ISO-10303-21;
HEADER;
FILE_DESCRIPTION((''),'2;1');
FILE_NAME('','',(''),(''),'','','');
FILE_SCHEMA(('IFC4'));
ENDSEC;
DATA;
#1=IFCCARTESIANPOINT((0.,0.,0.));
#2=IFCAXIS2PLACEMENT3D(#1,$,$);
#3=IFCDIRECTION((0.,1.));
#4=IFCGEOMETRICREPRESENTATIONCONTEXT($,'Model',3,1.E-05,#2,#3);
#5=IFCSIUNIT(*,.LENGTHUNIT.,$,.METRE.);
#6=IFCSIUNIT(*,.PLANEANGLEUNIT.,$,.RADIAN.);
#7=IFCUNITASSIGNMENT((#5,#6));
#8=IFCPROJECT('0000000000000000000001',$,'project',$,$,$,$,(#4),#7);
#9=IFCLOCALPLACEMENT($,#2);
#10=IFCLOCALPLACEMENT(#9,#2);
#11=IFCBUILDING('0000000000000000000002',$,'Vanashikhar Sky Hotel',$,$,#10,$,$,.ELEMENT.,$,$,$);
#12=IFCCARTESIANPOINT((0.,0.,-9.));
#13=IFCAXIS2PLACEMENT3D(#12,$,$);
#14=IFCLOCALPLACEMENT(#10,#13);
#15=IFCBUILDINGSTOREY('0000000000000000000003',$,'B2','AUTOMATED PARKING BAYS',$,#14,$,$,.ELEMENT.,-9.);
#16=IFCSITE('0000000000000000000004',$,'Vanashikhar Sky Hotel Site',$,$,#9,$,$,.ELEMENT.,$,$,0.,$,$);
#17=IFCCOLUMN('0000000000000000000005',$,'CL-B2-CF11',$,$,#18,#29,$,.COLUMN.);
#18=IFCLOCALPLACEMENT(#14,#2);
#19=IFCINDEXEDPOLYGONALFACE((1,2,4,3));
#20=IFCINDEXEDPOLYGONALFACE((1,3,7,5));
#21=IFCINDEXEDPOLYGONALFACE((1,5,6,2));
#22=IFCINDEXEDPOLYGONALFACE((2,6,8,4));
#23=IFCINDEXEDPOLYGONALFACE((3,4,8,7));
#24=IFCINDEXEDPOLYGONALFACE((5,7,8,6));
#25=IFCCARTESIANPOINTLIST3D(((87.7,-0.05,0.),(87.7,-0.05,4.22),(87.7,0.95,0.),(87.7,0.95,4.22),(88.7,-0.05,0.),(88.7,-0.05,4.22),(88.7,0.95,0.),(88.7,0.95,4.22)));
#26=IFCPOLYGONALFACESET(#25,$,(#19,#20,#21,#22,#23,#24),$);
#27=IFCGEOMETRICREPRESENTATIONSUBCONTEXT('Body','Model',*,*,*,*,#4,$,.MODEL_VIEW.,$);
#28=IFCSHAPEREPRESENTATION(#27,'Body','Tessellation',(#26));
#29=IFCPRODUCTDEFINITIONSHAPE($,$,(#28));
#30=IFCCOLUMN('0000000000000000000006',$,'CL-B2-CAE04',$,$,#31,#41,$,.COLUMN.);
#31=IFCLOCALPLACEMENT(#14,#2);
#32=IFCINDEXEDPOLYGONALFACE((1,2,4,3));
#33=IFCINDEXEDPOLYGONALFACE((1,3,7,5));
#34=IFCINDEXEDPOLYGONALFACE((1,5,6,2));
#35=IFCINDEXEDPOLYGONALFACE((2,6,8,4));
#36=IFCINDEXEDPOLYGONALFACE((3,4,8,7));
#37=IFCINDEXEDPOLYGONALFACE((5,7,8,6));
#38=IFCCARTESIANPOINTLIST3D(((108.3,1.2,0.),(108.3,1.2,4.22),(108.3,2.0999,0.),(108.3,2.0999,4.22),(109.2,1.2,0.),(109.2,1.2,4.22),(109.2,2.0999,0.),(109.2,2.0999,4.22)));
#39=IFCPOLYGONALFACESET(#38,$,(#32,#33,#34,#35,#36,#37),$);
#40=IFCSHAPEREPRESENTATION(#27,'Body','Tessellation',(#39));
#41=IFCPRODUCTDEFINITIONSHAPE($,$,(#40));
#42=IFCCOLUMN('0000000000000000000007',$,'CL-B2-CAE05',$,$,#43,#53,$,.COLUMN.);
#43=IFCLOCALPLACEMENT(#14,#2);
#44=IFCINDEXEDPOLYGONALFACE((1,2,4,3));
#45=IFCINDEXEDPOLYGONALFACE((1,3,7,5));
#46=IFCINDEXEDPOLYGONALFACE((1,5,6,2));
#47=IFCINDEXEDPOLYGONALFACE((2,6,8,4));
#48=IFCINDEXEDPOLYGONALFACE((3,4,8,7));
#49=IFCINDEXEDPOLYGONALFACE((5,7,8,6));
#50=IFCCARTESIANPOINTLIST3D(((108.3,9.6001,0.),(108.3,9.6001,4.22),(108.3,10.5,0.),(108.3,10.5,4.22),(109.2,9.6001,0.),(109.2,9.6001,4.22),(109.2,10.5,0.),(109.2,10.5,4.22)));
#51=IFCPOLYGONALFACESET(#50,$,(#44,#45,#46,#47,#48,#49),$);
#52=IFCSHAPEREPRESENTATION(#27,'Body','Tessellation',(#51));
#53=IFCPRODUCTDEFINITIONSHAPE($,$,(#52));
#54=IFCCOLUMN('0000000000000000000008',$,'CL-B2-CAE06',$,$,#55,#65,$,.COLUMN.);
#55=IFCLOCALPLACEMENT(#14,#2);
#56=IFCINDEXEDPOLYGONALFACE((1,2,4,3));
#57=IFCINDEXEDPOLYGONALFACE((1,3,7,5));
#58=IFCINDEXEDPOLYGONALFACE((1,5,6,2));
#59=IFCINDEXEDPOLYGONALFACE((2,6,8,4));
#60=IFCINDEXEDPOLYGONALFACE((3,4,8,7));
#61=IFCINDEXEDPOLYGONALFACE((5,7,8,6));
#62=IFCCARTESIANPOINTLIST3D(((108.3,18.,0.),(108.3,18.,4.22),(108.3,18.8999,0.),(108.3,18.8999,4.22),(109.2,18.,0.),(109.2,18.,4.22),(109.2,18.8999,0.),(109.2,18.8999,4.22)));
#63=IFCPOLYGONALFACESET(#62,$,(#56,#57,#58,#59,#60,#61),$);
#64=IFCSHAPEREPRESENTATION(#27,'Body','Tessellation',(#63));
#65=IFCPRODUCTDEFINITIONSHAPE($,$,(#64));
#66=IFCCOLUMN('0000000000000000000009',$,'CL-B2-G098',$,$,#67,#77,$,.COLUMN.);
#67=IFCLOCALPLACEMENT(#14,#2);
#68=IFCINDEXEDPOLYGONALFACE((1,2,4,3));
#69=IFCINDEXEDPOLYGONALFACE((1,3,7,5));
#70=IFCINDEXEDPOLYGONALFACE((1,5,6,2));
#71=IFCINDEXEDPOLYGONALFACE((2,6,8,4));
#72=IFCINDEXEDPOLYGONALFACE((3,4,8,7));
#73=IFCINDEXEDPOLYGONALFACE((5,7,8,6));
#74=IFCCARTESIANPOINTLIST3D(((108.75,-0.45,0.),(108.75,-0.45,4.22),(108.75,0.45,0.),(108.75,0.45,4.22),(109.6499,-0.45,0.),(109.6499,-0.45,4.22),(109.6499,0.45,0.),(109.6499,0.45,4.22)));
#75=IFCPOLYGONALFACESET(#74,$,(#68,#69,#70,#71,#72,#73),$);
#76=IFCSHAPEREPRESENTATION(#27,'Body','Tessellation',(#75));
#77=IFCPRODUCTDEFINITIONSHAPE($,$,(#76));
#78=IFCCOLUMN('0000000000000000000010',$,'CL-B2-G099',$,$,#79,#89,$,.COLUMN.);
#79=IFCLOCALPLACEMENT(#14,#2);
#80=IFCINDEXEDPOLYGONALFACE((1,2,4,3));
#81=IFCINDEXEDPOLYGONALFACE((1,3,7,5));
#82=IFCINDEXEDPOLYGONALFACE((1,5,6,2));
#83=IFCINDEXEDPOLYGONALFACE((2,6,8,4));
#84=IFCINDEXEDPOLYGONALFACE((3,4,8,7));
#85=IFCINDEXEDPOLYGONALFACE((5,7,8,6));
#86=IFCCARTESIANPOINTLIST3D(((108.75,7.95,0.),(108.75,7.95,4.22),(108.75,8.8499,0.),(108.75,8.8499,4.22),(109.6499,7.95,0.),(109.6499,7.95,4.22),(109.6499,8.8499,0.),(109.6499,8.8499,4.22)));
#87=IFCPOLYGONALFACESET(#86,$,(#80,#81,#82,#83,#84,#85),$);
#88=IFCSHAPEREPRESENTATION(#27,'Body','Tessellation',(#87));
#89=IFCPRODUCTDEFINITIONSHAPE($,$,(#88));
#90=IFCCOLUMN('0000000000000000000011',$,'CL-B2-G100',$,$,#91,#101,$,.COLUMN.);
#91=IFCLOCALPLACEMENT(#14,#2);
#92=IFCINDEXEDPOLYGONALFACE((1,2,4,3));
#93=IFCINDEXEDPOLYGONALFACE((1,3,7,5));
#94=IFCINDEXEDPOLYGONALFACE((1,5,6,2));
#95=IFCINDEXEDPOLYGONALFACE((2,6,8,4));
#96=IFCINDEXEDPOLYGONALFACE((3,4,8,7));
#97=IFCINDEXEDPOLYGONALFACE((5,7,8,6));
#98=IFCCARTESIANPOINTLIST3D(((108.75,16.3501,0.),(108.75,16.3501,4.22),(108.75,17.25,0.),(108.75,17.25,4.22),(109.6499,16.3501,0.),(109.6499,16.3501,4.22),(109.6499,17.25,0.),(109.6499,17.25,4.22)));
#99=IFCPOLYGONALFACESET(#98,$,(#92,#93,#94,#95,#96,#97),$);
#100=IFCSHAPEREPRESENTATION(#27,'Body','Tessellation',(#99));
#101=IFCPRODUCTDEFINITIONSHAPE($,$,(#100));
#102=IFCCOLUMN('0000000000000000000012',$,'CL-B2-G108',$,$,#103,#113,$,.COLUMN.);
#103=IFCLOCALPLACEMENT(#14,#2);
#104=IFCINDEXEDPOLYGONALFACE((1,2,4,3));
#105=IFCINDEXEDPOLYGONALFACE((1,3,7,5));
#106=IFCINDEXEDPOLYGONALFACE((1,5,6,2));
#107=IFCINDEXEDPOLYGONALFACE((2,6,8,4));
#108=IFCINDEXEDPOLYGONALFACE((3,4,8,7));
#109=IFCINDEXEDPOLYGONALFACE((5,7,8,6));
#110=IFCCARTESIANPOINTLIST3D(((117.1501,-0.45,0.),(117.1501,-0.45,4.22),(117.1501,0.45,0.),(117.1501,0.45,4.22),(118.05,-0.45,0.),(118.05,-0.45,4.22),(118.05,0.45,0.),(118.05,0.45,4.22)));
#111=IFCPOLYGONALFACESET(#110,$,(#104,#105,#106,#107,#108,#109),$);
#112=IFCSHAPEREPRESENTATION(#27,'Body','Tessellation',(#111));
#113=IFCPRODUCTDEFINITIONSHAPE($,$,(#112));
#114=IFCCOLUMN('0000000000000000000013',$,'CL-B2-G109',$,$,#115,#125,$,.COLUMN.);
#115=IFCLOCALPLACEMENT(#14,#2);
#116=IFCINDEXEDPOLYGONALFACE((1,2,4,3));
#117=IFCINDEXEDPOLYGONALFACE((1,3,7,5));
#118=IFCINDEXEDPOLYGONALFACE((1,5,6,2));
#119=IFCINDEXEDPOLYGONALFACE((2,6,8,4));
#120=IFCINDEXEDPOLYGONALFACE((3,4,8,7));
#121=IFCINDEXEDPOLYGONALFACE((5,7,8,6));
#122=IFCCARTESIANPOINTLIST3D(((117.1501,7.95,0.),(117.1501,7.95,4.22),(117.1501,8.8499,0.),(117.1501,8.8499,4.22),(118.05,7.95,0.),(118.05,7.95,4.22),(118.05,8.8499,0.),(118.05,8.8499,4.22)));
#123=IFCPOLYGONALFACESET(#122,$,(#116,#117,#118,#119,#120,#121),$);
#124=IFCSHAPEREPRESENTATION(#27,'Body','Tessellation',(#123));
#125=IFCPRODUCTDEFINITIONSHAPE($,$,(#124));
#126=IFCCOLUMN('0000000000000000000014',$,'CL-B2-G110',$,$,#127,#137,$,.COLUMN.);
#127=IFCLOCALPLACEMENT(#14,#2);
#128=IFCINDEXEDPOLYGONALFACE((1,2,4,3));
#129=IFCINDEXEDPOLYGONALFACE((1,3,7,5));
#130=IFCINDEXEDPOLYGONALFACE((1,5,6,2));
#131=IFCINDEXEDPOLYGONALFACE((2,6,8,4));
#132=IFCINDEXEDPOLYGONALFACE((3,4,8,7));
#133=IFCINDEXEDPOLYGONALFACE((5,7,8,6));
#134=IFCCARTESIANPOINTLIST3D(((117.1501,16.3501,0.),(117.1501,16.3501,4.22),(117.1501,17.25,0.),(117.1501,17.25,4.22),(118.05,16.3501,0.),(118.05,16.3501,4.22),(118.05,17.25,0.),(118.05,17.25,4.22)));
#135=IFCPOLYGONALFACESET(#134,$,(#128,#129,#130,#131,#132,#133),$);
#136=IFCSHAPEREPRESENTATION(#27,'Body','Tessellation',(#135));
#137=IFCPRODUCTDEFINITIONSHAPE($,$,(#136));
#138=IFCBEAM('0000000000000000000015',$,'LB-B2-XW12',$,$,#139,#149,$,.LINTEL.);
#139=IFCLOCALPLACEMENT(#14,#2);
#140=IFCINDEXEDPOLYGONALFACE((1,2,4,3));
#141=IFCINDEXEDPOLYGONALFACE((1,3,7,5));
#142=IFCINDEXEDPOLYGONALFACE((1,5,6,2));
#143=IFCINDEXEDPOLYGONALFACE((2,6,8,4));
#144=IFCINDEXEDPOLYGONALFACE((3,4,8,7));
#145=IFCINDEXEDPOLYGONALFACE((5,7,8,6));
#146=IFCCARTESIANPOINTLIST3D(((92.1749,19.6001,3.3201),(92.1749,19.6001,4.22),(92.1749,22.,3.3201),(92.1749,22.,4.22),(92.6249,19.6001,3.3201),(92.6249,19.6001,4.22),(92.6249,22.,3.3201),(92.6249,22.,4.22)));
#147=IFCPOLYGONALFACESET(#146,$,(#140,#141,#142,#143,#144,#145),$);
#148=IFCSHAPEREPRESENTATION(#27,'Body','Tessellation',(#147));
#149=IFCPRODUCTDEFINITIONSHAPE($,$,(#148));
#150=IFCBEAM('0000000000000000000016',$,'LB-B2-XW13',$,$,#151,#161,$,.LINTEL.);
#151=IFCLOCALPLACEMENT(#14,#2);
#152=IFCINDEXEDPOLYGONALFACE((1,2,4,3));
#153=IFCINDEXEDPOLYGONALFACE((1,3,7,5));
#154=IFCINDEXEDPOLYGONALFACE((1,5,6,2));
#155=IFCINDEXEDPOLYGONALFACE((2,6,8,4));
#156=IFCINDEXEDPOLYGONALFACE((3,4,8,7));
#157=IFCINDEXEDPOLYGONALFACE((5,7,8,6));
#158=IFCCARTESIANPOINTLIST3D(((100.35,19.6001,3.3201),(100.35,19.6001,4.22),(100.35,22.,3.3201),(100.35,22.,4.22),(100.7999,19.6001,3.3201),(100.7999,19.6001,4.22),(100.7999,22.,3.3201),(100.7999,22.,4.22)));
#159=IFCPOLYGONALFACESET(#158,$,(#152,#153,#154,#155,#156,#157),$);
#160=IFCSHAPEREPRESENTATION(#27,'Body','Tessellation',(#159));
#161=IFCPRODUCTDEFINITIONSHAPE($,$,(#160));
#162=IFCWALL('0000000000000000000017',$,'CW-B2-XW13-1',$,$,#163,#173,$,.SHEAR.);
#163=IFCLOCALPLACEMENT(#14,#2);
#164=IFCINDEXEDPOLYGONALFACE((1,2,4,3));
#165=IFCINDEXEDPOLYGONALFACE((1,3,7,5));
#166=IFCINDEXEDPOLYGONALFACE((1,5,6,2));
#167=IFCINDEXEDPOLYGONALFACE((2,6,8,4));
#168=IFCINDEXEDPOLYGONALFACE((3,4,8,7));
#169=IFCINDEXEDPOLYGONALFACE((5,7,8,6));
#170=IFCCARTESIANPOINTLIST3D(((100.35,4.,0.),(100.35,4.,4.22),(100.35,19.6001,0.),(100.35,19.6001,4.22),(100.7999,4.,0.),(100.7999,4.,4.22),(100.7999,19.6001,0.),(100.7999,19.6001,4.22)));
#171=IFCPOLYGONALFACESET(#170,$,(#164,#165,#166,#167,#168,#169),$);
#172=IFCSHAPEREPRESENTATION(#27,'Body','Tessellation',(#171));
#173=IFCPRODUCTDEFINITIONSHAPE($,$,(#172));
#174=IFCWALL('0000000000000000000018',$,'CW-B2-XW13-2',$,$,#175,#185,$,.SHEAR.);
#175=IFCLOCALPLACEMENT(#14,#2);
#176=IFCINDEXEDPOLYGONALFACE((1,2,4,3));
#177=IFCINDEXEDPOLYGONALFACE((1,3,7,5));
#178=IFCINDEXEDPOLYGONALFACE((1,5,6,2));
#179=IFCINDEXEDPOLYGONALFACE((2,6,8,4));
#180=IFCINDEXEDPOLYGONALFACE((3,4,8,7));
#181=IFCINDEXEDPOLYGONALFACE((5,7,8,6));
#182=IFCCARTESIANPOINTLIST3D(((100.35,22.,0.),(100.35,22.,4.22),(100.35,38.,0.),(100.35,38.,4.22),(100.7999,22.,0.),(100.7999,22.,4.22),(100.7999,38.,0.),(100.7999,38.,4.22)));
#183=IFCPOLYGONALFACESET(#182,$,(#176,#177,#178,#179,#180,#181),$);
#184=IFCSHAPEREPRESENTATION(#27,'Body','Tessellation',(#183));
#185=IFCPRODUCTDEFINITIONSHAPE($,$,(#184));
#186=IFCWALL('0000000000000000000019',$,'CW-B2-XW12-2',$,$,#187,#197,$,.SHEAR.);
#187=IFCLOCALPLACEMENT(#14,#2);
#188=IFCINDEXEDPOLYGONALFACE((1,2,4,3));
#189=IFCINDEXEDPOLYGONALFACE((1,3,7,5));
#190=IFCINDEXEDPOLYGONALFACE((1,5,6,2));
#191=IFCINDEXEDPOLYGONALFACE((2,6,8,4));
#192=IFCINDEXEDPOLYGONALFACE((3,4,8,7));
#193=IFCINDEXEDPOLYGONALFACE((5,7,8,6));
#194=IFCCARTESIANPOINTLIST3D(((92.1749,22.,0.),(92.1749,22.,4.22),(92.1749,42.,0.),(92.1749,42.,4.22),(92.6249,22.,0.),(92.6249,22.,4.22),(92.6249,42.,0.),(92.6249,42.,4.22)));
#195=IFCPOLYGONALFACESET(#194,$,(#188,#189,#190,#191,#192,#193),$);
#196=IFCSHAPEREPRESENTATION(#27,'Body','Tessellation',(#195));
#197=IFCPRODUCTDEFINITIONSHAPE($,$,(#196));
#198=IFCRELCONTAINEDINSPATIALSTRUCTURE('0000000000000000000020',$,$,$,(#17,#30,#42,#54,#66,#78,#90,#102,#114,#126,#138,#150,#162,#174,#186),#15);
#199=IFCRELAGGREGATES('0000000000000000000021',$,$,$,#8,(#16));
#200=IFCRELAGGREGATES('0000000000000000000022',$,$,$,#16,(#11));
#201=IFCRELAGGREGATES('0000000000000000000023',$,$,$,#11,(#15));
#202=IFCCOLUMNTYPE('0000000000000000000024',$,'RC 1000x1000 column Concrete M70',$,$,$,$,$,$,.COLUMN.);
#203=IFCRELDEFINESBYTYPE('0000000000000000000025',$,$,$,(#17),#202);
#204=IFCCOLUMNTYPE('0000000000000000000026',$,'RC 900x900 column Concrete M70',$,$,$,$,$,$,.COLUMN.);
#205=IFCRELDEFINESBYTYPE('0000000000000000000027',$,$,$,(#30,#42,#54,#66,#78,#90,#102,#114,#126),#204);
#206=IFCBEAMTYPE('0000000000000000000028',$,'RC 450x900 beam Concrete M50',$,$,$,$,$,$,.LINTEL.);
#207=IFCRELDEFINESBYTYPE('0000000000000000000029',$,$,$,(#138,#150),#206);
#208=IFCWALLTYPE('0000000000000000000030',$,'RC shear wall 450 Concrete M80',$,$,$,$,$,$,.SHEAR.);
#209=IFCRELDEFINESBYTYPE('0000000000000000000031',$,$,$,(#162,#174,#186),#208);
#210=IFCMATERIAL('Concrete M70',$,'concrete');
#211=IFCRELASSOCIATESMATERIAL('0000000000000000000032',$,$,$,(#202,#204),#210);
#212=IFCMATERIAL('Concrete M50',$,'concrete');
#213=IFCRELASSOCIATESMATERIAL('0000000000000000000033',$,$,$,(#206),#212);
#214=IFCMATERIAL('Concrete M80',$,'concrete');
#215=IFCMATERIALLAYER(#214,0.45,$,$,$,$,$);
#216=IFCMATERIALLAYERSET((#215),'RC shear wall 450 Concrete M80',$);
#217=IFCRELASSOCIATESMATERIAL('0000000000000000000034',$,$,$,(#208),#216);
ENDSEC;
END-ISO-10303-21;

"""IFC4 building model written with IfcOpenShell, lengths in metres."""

from ifc_helpers import new_model, si_unit, direction, frame, frame_2d, origin, origin_2d, place, context, subcontext, project, spatial, rectangle, extrude, source, transform, mapped, material, layer, layer_set, material_profile, profile_set, type_object, element, save


model = new_model("IFC4")

# Units and contexts
model_context = context("Model", 3, precision=1e-05, world=origin(), true_north=direction((0.0, 1.0)))
body_context = subcontext(model_context, "Body", "Model", "MODEL_VIEW")
ifc_project = project(units=[si_unit("LENGTHUNIT", "METRE"), si_unit("PLANEANGLEUNIT", "RADIAN")], contexts=[model_context])

# Site, building, storey
site_placement = place(None, origin())
site = spatial("IfcSite", under=ifc_project, at=site_placement, Name="Vanashikhar Sky Hotel Site", CompositionType="ELEMENT", RefElevation=0.0)
building_placement = place(site_placement, origin())
building = spatial("IfcBuilding", under=site, at=building_placement, Name="Vanashikhar Sky Hotel", CompositionType="ELEMENT")
storey_placement = place(building_placement, frame((0.0, 0.0, -9.0)))
storey = spatial("IfcBuildingStorey", under=building, at=storey_placement, Name="B2", Description="AUTOMATED PARKING BAYS", CompositionType="ELEMENT", Elevation=-9.0)

# Columns
ifc_material_1 = material(Name="Concrete M70", Category="concrete")
ifc_material_profile_1 = material_profile(ifc_material_1, rectangle(XDim=1.0, YDim=1.0, at=origin_2d()))
ifc_profile_set_1 = profile_set([ifc_material_profile_1], Name="RC 1000x1000 column Concrete M70")
column_type_1 = type_object("IfcColumnType", Name="RC 1000x1000 column Concrete M70", PredefinedType="COLUMN", material=ifc_profile_set_1)
shared_shape_1 = source(origin(), body_context, "Body", "SweptSolid", [
    extrude(rectangle(XDim=1.0, YDim=1.0, at=origin_2d()), origin(), (0.0, 0.0, 1.0), 4.22),
])
column_placement = place(storey_placement, frame((88.2, 0.45, 0.0), z_axis=(0.0, 0.0, 1.0), x_axis=(1.0, 0.0, 0.0)))
element("IfcColumn", 1, at=column_placement, inside=storey, type_object=column_type_1, Name="CL-B2-CF11", PredefinedType="COLUMN", context=body_context, shape_type="MappedRepresentation", body=[
    mapped(shared_shape_1, transform((0.0, 0.0, 0.0), scale=1.0)),
])
ifc_material_profile_2 = material_profile(ifc_material_1, rectangle(XDim=0.8999, YDim=0.8999, at=origin_2d()))
ifc_profile_set_2 = profile_set([ifc_material_profile_2], Name="RC 900x900 column Concrete M70")
column_type_2 = type_object("IfcColumnType", Name="RC 900x900 column Concrete M70", PredefinedType="COLUMN", material=ifc_profile_set_2)
shared_shape_2 = source(origin(), body_context, "Body", "SweptSolid", [
    extrude(rectangle(XDim=0.8999, YDim=0.8999, at=origin_2d()), origin(), (0.0, 0.0, 1.0), 4.22),
])
for number, where, z_axis, x_axis, name in (
    (2, (108.75, 1.6499, 0.0), (0.0, 0.0, 1.0), (1.0, 0.0, 0.0), "CL-B2-CAE04"),
    (3, (108.75, 10.05, 0.0), (0.0, 0.0, 1.0), (1.0, 0.0, 0.0), "CL-B2-CAE05"),
    (4, (108.75, 18.45, 0.0), (0.0, 0.0, 1.0), (1.0, 0.0, 0.0), "CL-B2-CAE06"),
    (5, (109.2, 0.0, 0.0), (0.0, 0.0, 1.0), (1.0, 0.0, 0.0), "CL-B2-G098"),
    (6, (109.2, 8.3999, 0.0), (0.0, 0.0, 1.0), (1.0, 0.0, 0.0), "CL-B2-G099"),
    (7, (109.2, 16.8, 0.0), (0.0, 0.0, 1.0), (1.0, 0.0, 0.0), "CL-B2-G100"),
    (8, (117.6001, 0.0, 0.0), (0.0, 0.0, 1.0), (1.0, 0.0, 0.0), "CL-B2-G108"),
    (9, (117.6001, 8.3999, 0.0), (0.0, 0.0, 1.0), (1.0, 0.0, 0.0), "CL-B2-G109"),
    (10, (117.6001, 16.8, 0.0), (0.0, 0.0, 1.0), (1.0, 0.0, 0.0), "CL-B2-G110"),
):
    element("IfcColumn", number, at=place(storey_placement, frame(where, z_axis=z_axis, x_axis=x_axis)), inside=storey, type_object=column_type_2, Name=name, PredefinedType="COLUMN", context=body_context, shape_type="MappedRepresentation", body=[
        mapped(shared_shape_2, transform((0.0, 0.0, 0.0), scale=1.0)),
    ])

# Beams
ifc_material_2 = material(Name="Concrete M50", Category="concrete")
ifc_material_profile_3 = material_profile(ifc_material_2, rectangle(XDim=0.45, YDim=0.8999, at=origin_2d()))
ifc_profile_set_3 = profile_set([ifc_material_profile_3], Name="RC 450x900 beam Concrete M50")
beam_type = type_object("IfcBeamType", Name="RC 450x900 beam Concrete M50", PredefinedType="LINTEL", material=ifc_profile_set_3)
shared_shape_3 = source(origin(), body_context, "Body", "SweptSolid", [
    extrude(rectangle(XDim=0.45, YDim=0.8999, at=origin_2d()), origin(), (0.0, 0.0, 1.0), 2.3999),
])
for number, where, z_axis, x_axis, name in (
    (11, (92.3999, 19.6001, 3.77), (0.0, 1.0, 0.0), (-1.0, 0.0, 0.0), "LB-B2-XW12"),
    (12, (100.575, 19.6001, 3.77), (0.0, 1.0, 0.0), (-1.0, 0.0, 0.0), "LB-B2-XW13"),
):
    element("IfcBeam", number, at=place(storey_placement, frame(where, z_axis=z_axis, x_axis=x_axis)), inside=storey, type_object=beam_type, Name=name, PredefinedType="LINTEL", context=body_context, shape_type="MappedRepresentation", body=[
        mapped(shared_shape_3, transform((0.0, 0.0, 0.0), scale=1.0)),
    ])

# Walls
ifc_material_3 = material(Name="Concrete M80", Category="concrete")
ifc_layer_1 = layer(ifc_material_3, 0.45)
ifc_layer_set_1 = layer_set([ifc_layer_1], Name="RC shear wall 450 Concrete M80")
wall_type_1 = type_object("IfcWallType", Name="RC shear wall 450 Concrete M80", PredefinedType="SHEAR", material=ifc_layer_set_1)
shared_shape_4 = source(origin(), body_context, "Body", "SweptSolid", [
    extrude(rectangle(XDim=15.6001, YDim=0.45, at=frame_2d((7.8, 0.0))), origin(), (0.0, 0.0, 1.0), 4.22),
])
wall_1_placement = place(storey_placement, frame((100.575, 4.0, 0.0), z_axis=(0.0, 0.0, 1.0), x_axis=(0.0, 1.0, 0.0)))
element("IfcWall", 13, at=wall_1_placement, inside=storey, type_object=wall_type_1, Name="CW-B2-XW13-1", PredefinedType="SHEAR", context=body_context, shape_type="MappedRepresentation", body=[
    mapped(shared_shape_4, transform((0.0, 0.0, 0.0), scale=1.0)),
])
shared_shape_5 = source(origin(), body_context, "Body", "SweptSolid", [
    extrude(rectangle(XDim=16.0, YDim=0.45, at=frame_2d((8.0, 0.0))), origin(), (0.0, 0.0, 1.0), 4.22),
])
wall_2_placement = place(storey_placement, frame((100.575, 22.0, 0.0), z_axis=(0.0, 0.0, 1.0), x_axis=(0.0, 1.0, 0.0)))
element("IfcWall", 14, at=wall_2_placement, inside=storey, type_object=wall_type_1, Name="CW-B2-XW13-2", PredefinedType="SHEAR", context=body_context, shape_type="MappedRepresentation", body=[
    mapped(shared_shape_5, transform((0.0, 0.0, 0.0), scale=1.0)),
])
shared_shape_6 = source(origin(), body_context, "Body", "SweptSolid", [
    extrude(rectangle(XDim=20.0, YDim=0.45, at=frame_2d((10.0, 0.0))), origin(), (0.0, 0.0, 1.0), 4.22),
])
wall_3_placement = place(storey_placement, frame((92.3999, 22.0, 0.0), z_axis=(0.0, 0.0, 1.0), x_axis=(0.0, 1.0, 0.0)))
element("IfcWall", 15, at=wall_3_placement, inside=storey, type_object=wall_type_1, Name="CW-B2-XW12-2", PredefinedType="SHEAR", context=body_context, shape_type="MappedRepresentation", body=[
    mapped(shared_shape_6, transform((0.0, 0.0, 0.0), scale=1.0)),
])

save(model, "model.ifc")
